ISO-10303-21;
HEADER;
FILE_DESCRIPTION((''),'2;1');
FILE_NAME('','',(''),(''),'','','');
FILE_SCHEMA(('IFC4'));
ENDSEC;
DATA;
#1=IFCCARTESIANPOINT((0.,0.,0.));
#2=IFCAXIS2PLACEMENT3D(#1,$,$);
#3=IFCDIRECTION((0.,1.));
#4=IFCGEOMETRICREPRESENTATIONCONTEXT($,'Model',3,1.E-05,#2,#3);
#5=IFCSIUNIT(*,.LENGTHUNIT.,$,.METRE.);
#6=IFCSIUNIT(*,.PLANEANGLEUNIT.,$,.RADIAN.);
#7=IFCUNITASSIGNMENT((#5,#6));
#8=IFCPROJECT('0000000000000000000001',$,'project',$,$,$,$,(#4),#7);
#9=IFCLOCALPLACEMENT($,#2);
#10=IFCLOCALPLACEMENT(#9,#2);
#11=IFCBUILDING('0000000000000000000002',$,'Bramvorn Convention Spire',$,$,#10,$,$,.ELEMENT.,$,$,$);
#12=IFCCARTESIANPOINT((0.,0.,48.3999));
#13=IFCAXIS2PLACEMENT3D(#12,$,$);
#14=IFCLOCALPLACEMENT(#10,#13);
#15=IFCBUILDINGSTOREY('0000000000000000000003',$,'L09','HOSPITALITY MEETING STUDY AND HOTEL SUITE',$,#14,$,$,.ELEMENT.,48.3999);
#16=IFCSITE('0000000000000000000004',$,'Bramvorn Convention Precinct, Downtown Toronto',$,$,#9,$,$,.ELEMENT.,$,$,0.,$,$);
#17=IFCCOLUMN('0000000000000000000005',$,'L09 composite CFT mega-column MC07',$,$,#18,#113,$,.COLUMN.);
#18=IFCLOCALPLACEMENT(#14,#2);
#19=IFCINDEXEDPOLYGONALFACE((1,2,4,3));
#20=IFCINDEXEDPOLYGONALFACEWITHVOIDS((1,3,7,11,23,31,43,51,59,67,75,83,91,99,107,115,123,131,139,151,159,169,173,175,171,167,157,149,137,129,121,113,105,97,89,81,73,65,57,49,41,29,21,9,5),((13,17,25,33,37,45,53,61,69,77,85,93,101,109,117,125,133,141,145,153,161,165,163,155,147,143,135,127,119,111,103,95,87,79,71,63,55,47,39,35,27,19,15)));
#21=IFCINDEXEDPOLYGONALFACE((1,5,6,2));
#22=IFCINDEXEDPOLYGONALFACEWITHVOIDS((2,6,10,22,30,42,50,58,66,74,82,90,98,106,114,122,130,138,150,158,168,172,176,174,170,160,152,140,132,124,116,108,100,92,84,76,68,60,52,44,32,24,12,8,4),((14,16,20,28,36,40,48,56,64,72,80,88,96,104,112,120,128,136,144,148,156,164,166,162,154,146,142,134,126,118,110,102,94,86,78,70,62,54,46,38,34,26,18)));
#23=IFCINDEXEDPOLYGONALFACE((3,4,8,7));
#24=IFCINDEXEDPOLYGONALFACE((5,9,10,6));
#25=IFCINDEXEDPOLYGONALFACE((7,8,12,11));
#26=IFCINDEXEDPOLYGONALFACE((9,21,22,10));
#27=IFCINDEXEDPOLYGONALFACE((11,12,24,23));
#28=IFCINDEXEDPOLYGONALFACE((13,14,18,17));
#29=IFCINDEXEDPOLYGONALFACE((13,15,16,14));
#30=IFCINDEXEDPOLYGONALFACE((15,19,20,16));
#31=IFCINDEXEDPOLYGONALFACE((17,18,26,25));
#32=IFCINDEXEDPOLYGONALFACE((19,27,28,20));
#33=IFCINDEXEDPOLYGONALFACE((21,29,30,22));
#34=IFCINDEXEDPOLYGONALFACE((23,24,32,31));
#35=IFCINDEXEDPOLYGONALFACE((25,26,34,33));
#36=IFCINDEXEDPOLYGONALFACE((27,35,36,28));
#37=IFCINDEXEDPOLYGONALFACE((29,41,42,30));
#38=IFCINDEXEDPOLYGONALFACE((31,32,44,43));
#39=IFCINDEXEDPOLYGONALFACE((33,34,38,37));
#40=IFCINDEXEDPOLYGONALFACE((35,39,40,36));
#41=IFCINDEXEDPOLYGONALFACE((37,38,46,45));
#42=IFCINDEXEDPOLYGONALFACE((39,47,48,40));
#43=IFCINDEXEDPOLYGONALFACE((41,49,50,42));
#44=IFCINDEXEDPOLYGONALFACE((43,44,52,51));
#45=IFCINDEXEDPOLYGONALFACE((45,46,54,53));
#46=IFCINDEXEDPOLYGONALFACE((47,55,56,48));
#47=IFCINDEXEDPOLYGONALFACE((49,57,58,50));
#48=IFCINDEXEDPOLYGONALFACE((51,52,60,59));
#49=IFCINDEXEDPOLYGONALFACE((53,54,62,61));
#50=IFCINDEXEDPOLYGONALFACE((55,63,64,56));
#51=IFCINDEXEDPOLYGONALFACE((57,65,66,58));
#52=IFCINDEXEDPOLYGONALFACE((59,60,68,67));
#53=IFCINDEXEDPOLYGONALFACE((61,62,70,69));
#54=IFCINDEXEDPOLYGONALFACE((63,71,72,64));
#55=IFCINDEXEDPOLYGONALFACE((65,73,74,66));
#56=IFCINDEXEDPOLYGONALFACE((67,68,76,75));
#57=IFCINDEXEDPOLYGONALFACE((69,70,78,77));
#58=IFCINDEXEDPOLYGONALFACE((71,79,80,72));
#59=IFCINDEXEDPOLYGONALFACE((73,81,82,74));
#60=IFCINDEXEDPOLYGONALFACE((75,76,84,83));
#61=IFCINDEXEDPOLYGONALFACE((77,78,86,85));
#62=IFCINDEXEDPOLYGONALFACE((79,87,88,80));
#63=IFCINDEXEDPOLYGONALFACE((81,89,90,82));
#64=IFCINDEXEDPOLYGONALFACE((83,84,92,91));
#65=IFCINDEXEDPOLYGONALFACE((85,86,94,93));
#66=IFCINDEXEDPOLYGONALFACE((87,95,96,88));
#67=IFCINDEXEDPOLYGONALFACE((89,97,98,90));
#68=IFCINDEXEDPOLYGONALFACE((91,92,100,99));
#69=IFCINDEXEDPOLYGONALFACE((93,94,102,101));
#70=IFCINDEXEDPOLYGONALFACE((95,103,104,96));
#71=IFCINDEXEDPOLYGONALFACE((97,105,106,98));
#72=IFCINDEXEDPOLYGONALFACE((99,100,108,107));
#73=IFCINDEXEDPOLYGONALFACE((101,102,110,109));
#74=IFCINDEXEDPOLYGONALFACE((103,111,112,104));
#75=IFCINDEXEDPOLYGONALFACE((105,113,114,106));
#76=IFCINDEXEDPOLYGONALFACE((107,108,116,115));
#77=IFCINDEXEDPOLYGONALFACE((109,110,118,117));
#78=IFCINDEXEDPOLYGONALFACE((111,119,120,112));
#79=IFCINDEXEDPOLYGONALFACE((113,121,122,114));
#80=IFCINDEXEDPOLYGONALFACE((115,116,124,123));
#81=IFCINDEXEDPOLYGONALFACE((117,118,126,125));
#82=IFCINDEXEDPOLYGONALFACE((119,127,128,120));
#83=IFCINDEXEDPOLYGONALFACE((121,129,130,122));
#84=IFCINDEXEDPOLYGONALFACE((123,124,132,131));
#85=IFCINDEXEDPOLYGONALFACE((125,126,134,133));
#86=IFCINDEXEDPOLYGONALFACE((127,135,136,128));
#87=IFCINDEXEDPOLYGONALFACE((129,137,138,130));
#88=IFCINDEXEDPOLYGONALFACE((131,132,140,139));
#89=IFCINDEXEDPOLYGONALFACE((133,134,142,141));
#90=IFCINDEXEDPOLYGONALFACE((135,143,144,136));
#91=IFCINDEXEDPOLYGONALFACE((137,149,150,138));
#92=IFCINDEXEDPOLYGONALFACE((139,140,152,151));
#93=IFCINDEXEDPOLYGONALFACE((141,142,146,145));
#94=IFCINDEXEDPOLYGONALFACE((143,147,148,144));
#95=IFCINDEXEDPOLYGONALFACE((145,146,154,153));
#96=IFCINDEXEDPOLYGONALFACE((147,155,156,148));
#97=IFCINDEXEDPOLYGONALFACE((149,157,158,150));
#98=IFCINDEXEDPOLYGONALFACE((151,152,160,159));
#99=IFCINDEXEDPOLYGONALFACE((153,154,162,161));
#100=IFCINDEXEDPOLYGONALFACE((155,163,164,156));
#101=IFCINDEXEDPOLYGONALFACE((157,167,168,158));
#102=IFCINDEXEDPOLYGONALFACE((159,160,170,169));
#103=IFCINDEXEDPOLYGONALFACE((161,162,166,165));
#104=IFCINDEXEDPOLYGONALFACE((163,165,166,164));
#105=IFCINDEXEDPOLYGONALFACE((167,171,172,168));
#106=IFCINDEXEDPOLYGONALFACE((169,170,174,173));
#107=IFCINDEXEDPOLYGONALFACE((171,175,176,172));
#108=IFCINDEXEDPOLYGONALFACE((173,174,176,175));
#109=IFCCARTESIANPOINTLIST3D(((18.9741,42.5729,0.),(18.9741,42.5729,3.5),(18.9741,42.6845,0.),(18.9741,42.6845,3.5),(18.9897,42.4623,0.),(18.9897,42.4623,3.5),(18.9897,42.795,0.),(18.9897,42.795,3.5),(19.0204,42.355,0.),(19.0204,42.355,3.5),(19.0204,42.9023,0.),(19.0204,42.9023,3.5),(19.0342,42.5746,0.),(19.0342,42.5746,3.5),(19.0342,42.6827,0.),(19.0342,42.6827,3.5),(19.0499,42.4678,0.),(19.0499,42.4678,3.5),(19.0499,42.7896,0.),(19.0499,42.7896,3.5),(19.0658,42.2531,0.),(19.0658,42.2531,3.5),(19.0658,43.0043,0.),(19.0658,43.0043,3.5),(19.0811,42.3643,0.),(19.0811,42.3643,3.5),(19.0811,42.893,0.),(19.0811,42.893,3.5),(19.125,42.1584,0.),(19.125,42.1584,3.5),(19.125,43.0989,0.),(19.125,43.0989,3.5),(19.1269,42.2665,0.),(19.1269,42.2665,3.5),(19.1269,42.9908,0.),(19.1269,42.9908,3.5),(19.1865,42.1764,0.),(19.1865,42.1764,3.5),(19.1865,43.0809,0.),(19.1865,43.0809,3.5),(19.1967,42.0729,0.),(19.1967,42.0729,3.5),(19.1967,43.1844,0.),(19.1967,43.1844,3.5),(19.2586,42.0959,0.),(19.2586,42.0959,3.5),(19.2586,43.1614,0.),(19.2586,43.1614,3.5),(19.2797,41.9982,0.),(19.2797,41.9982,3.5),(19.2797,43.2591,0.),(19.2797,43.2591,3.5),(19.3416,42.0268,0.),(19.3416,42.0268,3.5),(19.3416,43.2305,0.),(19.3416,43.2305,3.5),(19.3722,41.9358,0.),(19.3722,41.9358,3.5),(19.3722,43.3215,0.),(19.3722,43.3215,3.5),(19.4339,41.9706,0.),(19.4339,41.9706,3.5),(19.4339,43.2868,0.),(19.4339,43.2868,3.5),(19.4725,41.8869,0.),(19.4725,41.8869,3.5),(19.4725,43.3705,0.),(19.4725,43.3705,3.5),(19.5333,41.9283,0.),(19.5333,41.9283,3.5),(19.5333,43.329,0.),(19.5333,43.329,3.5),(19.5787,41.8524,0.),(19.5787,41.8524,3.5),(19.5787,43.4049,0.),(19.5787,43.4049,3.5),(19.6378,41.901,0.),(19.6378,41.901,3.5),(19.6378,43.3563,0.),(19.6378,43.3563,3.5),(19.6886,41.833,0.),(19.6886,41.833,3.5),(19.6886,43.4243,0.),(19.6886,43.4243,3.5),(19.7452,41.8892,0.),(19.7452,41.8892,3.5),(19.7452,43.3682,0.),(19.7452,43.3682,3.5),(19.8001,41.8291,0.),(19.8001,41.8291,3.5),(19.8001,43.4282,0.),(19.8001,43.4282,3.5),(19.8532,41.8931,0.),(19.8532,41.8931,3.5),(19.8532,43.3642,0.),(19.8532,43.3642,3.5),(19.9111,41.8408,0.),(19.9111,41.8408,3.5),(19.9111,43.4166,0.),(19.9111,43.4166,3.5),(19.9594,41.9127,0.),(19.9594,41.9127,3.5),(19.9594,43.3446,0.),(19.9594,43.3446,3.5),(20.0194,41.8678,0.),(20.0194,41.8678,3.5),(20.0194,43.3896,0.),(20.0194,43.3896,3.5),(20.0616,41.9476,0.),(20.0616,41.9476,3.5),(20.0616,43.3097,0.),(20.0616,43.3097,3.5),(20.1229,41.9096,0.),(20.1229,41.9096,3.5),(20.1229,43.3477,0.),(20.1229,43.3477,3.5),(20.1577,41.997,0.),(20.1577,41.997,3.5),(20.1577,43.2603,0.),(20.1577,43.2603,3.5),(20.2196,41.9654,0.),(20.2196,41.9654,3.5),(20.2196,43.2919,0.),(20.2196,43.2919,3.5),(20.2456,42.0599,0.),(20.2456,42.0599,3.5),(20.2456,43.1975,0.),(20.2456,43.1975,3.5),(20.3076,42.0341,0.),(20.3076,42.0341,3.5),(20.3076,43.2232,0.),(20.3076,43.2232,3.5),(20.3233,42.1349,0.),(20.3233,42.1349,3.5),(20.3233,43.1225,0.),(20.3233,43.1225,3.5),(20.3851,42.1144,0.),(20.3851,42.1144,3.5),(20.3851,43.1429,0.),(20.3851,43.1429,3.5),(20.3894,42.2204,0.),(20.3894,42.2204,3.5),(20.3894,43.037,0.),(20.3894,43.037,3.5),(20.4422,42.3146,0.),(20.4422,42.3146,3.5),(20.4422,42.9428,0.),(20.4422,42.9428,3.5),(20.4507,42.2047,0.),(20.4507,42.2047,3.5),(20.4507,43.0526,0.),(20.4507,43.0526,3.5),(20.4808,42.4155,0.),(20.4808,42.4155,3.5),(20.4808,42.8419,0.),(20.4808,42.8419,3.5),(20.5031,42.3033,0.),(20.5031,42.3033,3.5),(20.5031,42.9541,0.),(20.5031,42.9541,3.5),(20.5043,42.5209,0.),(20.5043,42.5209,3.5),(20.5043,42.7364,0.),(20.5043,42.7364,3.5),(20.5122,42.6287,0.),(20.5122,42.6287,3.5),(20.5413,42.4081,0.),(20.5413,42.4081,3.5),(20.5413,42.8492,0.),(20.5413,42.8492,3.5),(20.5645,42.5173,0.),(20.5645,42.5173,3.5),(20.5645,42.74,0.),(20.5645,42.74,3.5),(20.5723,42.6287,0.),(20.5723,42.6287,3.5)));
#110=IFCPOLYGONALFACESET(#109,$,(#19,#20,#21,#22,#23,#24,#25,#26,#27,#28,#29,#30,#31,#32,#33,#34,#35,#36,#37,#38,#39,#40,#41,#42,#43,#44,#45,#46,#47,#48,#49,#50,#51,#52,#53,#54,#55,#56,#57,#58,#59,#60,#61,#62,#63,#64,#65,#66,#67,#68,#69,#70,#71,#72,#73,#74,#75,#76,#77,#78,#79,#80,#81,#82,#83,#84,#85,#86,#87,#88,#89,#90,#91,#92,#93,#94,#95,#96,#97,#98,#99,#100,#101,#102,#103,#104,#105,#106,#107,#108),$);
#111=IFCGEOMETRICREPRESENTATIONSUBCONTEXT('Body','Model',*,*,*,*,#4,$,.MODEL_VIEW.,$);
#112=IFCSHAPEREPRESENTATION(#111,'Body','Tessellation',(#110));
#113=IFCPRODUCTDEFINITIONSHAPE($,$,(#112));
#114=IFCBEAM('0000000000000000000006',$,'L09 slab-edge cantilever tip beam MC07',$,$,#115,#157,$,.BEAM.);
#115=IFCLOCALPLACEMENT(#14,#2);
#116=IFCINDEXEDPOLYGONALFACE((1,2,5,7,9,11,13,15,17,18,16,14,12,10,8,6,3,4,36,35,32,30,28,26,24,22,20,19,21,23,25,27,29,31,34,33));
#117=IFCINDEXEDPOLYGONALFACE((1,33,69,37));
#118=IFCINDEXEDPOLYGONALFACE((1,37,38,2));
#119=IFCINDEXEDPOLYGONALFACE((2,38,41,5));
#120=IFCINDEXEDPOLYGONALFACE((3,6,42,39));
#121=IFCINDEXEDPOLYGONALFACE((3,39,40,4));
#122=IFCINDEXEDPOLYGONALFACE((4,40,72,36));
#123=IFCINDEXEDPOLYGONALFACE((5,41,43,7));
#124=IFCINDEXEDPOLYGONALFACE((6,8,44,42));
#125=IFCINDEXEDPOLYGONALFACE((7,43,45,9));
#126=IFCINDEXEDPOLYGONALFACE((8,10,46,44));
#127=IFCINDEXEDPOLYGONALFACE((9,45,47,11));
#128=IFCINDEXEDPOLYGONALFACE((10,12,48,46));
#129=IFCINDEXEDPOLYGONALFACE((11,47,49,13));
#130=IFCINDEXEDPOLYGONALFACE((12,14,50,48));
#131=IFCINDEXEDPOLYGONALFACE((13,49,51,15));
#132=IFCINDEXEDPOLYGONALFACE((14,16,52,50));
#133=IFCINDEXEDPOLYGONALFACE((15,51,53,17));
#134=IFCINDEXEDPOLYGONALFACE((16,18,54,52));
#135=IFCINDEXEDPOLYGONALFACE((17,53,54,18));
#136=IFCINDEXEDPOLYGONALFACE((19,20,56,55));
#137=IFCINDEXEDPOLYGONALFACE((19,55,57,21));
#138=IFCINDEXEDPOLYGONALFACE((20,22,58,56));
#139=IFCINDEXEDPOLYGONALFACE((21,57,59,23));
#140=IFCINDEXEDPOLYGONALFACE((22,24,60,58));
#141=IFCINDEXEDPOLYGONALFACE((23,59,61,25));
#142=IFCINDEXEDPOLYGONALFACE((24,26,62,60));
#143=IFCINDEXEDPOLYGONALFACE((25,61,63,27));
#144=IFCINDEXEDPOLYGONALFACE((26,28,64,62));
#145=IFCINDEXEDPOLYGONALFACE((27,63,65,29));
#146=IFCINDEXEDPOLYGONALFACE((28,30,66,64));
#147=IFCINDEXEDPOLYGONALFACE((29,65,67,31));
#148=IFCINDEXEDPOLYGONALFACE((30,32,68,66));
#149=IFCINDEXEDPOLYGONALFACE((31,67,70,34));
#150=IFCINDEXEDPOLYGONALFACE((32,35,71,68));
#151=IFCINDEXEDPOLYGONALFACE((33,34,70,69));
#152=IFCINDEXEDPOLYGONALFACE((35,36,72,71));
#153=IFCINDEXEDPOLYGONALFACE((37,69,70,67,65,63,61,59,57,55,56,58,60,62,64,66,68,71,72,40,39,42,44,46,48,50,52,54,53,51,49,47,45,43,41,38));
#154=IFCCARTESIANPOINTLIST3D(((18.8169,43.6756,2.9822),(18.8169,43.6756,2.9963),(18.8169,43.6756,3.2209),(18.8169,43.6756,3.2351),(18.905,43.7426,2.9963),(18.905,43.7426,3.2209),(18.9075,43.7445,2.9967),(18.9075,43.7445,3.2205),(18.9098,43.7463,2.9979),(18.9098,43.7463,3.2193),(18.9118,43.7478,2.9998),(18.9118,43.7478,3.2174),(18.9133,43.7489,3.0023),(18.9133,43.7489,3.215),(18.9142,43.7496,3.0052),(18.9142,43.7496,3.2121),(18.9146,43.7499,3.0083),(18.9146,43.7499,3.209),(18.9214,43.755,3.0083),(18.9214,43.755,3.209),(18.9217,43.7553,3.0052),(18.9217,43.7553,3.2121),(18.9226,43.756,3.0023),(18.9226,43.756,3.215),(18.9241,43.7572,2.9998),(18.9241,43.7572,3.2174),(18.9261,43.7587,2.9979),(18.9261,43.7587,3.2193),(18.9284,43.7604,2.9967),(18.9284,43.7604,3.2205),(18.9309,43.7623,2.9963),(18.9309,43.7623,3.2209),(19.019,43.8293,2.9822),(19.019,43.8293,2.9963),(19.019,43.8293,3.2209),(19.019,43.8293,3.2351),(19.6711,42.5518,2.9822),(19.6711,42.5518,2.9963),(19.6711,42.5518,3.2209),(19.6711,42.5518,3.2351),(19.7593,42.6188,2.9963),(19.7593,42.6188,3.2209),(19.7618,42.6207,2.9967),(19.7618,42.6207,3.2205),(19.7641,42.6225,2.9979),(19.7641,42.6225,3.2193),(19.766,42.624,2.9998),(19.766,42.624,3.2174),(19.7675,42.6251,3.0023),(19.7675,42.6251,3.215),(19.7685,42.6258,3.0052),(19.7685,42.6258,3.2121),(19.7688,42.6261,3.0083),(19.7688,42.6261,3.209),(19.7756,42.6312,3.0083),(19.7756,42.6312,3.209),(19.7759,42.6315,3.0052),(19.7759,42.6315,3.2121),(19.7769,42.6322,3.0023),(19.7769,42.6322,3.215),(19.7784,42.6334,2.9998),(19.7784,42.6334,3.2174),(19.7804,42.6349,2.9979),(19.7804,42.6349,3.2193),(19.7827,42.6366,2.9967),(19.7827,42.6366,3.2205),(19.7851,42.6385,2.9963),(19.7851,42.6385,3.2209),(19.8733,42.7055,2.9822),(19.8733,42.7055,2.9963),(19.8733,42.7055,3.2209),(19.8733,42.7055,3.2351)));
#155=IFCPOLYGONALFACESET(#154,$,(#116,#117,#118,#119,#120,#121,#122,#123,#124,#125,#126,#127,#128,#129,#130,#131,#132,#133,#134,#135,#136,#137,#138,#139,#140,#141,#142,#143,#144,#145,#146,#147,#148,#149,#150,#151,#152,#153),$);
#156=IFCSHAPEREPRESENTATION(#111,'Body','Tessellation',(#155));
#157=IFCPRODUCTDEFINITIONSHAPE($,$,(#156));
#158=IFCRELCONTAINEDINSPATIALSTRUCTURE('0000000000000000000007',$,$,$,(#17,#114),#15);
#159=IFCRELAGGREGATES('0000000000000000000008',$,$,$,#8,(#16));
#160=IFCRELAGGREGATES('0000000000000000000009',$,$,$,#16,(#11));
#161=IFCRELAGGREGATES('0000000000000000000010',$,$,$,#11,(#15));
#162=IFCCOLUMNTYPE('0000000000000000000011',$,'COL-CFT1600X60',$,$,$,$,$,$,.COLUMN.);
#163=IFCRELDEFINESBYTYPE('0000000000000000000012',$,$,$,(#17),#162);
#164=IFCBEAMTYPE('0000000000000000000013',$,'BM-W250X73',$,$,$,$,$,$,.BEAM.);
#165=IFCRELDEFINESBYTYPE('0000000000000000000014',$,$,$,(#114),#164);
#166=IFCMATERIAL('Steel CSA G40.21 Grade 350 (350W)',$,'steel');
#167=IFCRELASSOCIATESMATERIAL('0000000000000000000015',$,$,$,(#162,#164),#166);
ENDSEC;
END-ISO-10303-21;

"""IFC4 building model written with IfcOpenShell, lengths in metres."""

from ifc_helpers import new_model, si_unit, direction, frame, origin, origin_2d, place, context, subcontext, project, spatial, hollow_circle, i_section, extrude, material, material_profile, profile_set, type_object, element, save


model = new_model("IFC4")

# Units and contexts
model_context = context("Model", 3, precision=1e-05, world=origin(), true_north=direction((0.0, 1.0)))
body_context = subcontext(model_context, "Body", "Model", "MODEL_VIEW")
ifc_project = project(units=[si_unit("LENGTHUNIT", "METRE"), si_unit("PLANEANGLEUNIT", "RADIAN")], contexts=[model_context])

# Site, building, storey
site_placement = place(None, origin())
site = spatial("IfcSite", under=ifc_project, at=site_placement, Name="Bramvorn Convention Precinct, Downtown Toronto", CompositionType="ELEMENT", RefElevation=0.0)
building_placement = place(site_placement, origin())
building = spatial("IfcBuilding", under=site, at=building_placement, Name="Bramvorn Convention Spire", CompositionType="ELEMENT")
storey_placement = place(building_placement, frame((0.0, 0.0, 48.3999)))
storey = spatial("IfcBuildingStorey", under=building, at=storey_placement, Name="L09", Description="HOSPITALITY MEETING STUDY AND HOTEL SUITE", CompositionType="ELEMENT", Elevation=48.3999)

# Column
ifc_material_1 = material(Name="Steel CSA G40.21 Grade 350 (350W)", Category="steel")
ifc_material_profile_1 = material_profile(ifc_material_1, hollow_circle(Radius=0.8, WallThickness=0.0601, at=origin_2d()))
ifc_profile_set_1 = profile_set([ifc_material_profile_1], Name="Steel CSA G40.21 Grade 350 (350W) - CFT1600X60")
column_type = type_object("IfcColumnType", Name="COL-CFT1600X60", PredefinedType="COLUMN", material=ifc_profile_set_1)
column_placement = place(storey_placement, frame((19.7722, 42.6287, 0.0), z_axis=(0.0, 0.0, 1.0), x_axis=(1.0, 0.0, 0.0)))
element("IfcColumn", 1, at=column_placement, inside=storey, type_object=column_type, Name="L09 composite CFT mega-column MC07", PredefinedType="COLUMN", context=body_context, shape_type="SweptSolid", body=[
    extrude(hollow_circle(Radius=0.8, WallThickness=0.0601, at=origin_2d()), origin(), (0.0, 0.0, 1.0), 3.5),
])

# Beam
ifc_material_profile_2 = material_profile(ifc_material_1, i_section(OverallWidth=0.2539, OverallDepth=0.2529, WebThickness=0.0085, FlangeThickness=0.0142, FilletRadius=0.012, at=origin_2d()))
ifc_profile_set_2 = profile_set([ifc_material_profile_2], Name="Steel CSA G40.21 Grade 350 (350W) - W250X73")
beam_type_1 = type_object("IfcBeamType", Name="BM-W250X73", PredefinedType="BEAM", material=ifc_profile_set_2)
beam_1_placement = place(storey_placement, frame((19.7722, 42.6287, 3.1086), z_axis=(-0.605162, 0.796102, 0.0), x_axis=(-0.796102, -0.605162, 0.0)))
element("IfcBeam", 2, at=beam_1_placement, inside=storey, type_object=beam_type_1, Name="L09 slab-edge cantilever tip beam MC07", PredefinedType="BEAM", context=body_context, shape_type="SweptSolid", body=[
    extrude(i_section(OverallWidth=0.2539, OverallDepth=0.2529, WebThickness=0.0085, FlangeThickness=0.0142, FilletRadius=0.012, at=origin_2d()), origin(), (0.0, 0.0, 1.0), 1.4116),
])

save(model, "model.ifc")
